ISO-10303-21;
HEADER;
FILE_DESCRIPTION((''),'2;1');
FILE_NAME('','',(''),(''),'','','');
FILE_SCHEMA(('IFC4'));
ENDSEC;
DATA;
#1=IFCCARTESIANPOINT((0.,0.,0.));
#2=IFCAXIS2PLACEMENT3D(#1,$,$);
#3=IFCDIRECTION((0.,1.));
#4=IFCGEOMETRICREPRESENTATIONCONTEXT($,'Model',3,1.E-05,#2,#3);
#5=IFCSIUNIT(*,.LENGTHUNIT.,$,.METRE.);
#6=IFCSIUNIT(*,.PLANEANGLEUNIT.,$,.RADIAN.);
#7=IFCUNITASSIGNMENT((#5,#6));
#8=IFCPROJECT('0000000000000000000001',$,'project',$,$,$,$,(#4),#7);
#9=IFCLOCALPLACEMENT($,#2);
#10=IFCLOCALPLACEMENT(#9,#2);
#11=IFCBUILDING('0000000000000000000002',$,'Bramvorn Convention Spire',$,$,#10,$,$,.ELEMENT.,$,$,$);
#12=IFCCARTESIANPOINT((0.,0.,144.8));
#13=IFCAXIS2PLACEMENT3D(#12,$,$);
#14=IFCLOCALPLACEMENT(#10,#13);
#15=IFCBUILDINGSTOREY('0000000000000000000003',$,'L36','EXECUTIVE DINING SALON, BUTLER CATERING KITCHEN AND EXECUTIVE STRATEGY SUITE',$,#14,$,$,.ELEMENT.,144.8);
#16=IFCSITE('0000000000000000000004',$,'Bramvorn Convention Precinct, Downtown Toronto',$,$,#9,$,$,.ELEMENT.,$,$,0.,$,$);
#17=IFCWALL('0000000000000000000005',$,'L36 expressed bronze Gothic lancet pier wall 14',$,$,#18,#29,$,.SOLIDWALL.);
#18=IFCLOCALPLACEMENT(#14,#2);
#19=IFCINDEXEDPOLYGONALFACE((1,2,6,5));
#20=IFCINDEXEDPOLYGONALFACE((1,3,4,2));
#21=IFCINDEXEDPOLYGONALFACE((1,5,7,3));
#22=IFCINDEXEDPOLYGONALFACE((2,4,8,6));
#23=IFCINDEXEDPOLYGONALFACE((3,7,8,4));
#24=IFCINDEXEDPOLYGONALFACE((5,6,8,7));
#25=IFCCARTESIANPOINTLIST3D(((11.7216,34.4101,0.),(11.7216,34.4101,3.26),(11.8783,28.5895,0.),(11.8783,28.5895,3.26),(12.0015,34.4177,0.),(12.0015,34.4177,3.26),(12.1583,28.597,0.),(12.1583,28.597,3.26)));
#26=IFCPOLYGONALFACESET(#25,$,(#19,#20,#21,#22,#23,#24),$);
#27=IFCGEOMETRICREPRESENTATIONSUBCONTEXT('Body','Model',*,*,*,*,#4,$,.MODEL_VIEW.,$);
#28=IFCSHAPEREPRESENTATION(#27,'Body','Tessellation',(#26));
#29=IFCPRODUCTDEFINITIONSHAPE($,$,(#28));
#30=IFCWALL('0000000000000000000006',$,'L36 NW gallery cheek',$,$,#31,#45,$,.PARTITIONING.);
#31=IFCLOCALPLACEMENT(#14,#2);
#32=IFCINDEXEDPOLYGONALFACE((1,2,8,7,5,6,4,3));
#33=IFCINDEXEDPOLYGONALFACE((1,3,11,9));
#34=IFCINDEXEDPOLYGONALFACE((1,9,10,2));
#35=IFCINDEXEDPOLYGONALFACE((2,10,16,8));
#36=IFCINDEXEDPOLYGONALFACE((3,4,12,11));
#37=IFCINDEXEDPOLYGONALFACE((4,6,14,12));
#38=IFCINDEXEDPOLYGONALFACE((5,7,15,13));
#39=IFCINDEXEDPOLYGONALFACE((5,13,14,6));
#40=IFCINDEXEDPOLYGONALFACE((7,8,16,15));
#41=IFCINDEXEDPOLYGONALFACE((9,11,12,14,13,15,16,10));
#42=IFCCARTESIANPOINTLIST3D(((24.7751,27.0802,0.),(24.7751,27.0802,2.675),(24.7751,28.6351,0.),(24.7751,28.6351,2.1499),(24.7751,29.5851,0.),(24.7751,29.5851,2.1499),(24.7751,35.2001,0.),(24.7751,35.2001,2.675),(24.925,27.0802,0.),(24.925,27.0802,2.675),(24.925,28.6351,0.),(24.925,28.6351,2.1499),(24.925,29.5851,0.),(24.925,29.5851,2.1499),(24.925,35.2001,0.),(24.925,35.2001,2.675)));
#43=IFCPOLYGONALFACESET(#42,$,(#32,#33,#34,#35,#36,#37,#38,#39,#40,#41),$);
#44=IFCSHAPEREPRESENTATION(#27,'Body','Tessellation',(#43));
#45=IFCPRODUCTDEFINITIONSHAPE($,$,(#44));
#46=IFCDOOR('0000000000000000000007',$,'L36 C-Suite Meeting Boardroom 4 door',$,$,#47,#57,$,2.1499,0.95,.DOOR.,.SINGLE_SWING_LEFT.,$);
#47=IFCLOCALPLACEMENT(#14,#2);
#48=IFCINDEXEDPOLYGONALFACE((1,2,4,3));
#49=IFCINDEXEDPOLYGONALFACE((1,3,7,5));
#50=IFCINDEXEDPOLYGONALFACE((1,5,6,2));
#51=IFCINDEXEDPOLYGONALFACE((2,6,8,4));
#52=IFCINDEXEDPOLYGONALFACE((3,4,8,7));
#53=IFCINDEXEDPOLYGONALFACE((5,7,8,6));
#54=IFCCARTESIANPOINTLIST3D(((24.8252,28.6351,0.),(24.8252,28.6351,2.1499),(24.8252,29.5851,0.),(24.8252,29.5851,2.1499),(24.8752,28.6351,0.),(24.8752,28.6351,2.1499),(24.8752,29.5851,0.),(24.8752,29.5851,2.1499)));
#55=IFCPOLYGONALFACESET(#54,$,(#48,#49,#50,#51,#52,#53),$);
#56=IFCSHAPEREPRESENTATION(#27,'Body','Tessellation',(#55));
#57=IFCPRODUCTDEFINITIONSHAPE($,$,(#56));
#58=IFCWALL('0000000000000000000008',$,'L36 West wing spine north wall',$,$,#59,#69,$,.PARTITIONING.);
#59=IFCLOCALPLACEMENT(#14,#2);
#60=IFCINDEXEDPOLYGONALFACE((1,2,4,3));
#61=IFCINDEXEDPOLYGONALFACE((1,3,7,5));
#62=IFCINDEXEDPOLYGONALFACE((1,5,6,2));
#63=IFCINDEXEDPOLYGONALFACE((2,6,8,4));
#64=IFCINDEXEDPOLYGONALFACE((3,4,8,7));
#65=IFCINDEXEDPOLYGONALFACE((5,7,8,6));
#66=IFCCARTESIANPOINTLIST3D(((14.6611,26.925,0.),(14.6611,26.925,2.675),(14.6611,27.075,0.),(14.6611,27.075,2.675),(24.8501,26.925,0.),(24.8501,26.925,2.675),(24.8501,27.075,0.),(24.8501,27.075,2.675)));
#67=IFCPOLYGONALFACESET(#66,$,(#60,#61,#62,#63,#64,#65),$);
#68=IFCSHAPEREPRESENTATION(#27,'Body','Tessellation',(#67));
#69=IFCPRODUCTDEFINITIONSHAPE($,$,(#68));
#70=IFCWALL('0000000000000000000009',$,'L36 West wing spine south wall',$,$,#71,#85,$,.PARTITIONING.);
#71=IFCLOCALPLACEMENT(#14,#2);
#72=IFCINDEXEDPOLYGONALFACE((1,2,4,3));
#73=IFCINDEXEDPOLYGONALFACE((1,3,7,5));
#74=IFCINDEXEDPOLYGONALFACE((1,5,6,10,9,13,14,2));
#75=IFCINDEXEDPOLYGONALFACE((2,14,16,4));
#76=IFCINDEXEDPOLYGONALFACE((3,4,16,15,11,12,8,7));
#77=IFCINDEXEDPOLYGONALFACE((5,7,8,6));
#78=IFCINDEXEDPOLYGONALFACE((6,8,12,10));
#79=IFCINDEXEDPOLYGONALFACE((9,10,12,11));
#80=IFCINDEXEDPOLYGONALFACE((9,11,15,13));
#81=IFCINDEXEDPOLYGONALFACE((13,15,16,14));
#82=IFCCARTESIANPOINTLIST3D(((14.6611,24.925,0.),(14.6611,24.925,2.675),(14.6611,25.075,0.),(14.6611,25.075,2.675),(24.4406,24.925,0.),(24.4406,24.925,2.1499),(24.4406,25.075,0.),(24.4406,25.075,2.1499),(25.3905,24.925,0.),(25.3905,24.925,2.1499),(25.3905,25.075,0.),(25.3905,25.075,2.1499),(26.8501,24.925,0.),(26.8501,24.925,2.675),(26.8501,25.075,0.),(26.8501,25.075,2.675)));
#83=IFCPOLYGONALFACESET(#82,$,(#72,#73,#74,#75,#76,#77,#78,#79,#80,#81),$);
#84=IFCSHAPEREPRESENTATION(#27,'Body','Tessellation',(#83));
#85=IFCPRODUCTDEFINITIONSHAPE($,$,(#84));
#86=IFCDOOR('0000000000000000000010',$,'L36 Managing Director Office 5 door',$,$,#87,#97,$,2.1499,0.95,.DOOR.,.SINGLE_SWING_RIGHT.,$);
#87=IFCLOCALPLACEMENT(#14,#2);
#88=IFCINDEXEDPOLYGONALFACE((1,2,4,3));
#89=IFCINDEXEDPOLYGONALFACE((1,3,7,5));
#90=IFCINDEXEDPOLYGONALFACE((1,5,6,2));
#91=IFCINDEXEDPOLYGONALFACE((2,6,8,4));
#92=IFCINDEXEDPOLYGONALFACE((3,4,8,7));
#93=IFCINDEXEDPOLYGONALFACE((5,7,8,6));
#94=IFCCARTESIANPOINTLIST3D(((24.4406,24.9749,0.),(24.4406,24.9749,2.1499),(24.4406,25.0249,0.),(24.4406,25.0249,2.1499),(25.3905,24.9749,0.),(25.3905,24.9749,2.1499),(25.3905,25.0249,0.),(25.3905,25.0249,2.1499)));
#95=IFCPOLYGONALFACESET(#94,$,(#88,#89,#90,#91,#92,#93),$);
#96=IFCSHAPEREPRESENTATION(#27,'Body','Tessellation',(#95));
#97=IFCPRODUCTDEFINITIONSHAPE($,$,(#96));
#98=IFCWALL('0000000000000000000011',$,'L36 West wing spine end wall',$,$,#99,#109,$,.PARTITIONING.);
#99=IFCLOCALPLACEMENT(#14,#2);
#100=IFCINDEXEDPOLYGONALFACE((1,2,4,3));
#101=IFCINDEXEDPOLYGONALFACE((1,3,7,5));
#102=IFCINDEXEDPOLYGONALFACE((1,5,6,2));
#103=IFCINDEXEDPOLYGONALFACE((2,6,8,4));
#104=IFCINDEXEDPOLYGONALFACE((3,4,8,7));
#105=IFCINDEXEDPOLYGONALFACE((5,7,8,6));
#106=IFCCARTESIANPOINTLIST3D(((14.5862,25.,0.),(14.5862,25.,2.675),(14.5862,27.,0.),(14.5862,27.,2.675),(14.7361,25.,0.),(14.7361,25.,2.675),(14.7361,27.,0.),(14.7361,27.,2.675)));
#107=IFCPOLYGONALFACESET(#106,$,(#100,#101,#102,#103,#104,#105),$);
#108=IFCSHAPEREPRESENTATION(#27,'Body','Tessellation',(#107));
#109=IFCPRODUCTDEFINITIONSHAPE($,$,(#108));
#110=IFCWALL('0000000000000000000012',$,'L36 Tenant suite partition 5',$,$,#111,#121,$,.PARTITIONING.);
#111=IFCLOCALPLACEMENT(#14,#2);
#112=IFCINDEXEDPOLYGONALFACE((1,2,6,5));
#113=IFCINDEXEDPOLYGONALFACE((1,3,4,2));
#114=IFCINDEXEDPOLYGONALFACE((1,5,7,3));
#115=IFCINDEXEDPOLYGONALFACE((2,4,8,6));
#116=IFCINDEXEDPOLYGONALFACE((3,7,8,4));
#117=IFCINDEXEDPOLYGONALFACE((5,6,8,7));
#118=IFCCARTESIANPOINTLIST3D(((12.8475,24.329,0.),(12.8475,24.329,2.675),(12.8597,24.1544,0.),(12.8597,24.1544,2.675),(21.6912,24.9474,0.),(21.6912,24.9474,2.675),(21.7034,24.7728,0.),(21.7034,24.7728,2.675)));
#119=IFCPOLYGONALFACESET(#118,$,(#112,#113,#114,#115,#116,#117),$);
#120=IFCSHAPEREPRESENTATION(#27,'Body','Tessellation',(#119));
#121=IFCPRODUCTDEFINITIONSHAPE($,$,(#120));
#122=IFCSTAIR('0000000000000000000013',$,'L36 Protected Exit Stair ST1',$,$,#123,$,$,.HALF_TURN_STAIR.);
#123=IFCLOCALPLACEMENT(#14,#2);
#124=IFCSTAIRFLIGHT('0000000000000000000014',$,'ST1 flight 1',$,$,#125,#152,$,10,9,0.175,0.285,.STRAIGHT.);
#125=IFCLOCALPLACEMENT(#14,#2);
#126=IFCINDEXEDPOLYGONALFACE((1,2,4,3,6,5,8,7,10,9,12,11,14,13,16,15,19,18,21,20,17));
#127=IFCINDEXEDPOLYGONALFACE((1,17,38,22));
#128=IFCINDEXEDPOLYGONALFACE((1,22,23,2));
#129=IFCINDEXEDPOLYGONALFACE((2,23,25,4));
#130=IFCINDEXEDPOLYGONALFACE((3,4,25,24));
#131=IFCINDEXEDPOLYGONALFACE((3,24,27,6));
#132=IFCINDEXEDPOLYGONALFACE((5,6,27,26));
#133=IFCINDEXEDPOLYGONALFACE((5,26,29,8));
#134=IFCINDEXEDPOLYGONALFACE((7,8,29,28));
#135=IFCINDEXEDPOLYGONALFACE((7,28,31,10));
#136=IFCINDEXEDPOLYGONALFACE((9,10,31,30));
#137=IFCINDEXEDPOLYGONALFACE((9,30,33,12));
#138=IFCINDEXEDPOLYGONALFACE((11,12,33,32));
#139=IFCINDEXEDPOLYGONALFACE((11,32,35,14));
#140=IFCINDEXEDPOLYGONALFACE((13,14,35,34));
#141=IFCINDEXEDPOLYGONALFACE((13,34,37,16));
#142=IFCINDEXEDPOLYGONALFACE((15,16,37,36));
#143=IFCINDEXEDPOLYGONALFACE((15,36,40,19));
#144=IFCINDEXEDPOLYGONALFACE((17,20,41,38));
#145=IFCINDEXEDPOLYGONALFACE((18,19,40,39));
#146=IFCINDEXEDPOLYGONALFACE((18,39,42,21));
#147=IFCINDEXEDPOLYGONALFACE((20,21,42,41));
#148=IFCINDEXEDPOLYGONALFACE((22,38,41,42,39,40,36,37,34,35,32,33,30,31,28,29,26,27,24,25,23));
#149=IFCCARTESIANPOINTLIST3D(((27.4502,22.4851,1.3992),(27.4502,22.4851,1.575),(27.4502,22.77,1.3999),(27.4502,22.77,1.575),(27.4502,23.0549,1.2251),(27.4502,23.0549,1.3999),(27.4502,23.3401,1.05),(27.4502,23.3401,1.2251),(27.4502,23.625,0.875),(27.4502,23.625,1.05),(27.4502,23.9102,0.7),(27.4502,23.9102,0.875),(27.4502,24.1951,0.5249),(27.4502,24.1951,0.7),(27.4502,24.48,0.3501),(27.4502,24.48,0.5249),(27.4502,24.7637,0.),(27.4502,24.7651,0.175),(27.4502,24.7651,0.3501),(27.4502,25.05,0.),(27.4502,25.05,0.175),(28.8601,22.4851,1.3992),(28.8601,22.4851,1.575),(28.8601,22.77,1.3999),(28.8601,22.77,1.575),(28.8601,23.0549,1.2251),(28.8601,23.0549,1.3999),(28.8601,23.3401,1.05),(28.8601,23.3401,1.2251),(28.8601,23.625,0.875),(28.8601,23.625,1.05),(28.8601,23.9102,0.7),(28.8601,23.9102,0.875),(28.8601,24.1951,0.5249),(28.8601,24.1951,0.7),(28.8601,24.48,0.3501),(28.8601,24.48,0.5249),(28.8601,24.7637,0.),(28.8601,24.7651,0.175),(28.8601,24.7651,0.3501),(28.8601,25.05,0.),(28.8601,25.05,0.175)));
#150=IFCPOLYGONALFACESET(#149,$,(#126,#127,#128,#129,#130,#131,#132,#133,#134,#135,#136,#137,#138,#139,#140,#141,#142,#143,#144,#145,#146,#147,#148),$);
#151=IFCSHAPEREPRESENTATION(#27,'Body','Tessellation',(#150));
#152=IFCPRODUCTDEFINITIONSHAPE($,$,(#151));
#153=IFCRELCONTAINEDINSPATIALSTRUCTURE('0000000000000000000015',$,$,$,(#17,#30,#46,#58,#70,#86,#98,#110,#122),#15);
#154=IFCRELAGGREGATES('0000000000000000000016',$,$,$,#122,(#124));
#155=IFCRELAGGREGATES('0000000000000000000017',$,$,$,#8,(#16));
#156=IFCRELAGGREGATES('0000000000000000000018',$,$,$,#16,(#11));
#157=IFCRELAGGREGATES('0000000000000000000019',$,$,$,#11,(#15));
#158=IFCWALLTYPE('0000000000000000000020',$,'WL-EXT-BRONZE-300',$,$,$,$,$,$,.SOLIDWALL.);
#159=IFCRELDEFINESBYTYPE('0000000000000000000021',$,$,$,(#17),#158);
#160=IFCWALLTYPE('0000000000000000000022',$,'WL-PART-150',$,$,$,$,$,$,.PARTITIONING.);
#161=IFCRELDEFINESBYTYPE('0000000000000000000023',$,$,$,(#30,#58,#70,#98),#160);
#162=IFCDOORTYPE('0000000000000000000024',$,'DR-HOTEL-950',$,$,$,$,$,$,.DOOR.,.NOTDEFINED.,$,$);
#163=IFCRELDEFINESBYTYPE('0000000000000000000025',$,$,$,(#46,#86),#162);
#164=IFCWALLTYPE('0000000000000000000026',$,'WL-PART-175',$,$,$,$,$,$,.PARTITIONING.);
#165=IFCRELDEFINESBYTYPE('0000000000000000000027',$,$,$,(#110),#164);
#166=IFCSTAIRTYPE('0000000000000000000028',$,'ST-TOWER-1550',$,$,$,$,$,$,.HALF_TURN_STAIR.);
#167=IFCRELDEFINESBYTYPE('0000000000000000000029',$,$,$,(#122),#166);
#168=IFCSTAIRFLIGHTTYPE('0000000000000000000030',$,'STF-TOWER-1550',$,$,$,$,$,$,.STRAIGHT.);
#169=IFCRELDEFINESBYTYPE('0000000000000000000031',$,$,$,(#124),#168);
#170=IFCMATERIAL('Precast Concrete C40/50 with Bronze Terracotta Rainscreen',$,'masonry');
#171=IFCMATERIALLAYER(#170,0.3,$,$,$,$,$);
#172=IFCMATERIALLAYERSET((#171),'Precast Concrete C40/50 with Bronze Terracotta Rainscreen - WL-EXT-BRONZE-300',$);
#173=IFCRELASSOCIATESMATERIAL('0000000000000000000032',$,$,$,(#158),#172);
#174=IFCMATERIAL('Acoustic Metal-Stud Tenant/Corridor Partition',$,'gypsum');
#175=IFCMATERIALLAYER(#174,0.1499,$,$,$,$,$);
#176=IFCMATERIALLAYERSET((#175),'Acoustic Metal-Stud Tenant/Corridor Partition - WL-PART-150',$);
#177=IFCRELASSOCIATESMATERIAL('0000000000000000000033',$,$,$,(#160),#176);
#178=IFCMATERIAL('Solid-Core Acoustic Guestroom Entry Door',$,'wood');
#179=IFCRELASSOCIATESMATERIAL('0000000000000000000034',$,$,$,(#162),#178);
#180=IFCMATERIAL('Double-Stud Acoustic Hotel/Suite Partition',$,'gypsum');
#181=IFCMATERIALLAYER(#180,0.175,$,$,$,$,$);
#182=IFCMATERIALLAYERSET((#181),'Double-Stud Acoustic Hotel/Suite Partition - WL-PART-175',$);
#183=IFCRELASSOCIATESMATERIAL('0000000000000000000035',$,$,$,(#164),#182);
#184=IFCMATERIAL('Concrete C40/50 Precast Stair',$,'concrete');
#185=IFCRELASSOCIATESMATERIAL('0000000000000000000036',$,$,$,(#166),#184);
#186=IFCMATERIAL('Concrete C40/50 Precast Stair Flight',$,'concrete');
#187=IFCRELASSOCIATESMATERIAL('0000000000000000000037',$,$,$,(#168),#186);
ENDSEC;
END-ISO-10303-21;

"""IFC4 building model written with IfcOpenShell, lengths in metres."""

from ifc_helpers import new_model, si_unit, direction, frame, frame_2d, origin, place, context, subcontext, project, spatial, polyline, rectangle, outline, extrude, material, layer, layer_set, type_object, element, fill, aggregate, save


model = new_model("IFC4")

# Units and contexts
model_context = context("Model", 3, precision=1e-05, world=origin(), true_north=direction((0.0, 1.0)))
body_context = subcontext(model_context, "Body", "Model", "MODEL_VIEW")
ifc_project = project(units=[si_unit("LENGTHUNIT", "METRE"), si_unit("PLANEANGLEUNIT", "RADIAN")], contexts=[model_context])

# Site, building, storey
site_placement = place(None, origin())
site = spatial("IfcSite", under=ifc_project, at=site_placement, Name="Bramvorn Convention Precinct, Downtown Toronto", CompositionType="ELEMENT", RefElevation=0.0)
building_placement = place(site_placement, origin())
building = spatial("IfcBuilding", under=site, at=building_placement, Name="Bramvorn Convention Spire", CompositionType="ELEMENT")
storey_placement = place(building_placement, frame((0.0, 0.0, 144.8)))
storey = spatial("IfcBuildingStorey", under=building, at=storey_placement, Name="L36", Description="EXECUTIVE DINING SALON, BUTLER CATERING KITCHEN AND EXECUTIVE STRATEGY SUITE", CompositionType="ELEMENT", Elevation=144.8)

# Wall
ifc_material_1 = material(Name="Precast Concrete C40/50 with Bronze Terracotta Rainscreen", Category="masonry")
ifc_layer_1 = layer(ifc_material_1, 0.3)
ifc_layer_set_1 = layer_set([ifc_layer_1], Name="Precast Concrete C40/50 with Bronze Terracotta Rainscreen - WL-EXT-BRONZE-300")
wall_type_1 = type_object("IfcWallType", Name="WL-EXT-BRONZE-300", PredefinedType="SOLIDWALL", material=ifc_layer_set_1)
wall_1_placement = place(storey_placement, frame((12.0183, 28.5933, 0.0), z_axis=(0.0, 0.0, 1.0), x_axis=(-0.026919, 0.999638, 0.0)))
element("IfcWall", 1, at=wall_1_placement, inside=storey, type_object=wall_type_1, Name="L36 expressed bronze Gothic lancet pier wall 14", PredefinedType="SOLIDWALL", context=body_context, shape_type="SweptSolid", body=[
    extrude(rectangle(XDim=5.8228, YDim=0.28, at=frame_2d((2.9114, 0.0))), origin(), (0.0, 0.0, 1.0), 3.26),
])

# Wall, opening, door
ifc_material_2 = material(Name="Acoustic Metal-Stud Tenant/Corridor Partition", Category="gypsum")
ifc_layer_2 = layer(ifc_material_2, 0.1499)
ifc_layer_set_2 = layer_set([ifc_layer_2], Name="Acoustic Metal-Stud Tenant/Corridor Partition - WL-PART-150")
wall_type_2 = type_object("IfcWallType", Name="WL-PART-150", PredefinedType="PARTITIONING", material=ifc_layer_set_2)
wall_2_placement = place(storey_placement, frame((24.8501, 27.0801, 0.0), z_axis=(0.0, 0.0, 1.0), x_axis=(0.0, 1.0, 0.0)))
wall_2 = element("IfcWall", 2, at=wall_2_placement, inside=storey, type_object=wall_type_2, Name="L36 NW gallery cheek", PredefinedType="PARTITIONING", context=body_context, shape_type="SweptSolid", body=[
    extrude(rectangle(XDim=8.1199, YDim=0.1499, at=frame_2d((4.0601, 0.0))), origin(), (0.0, 0.0, 1.0), 2.675),
])
opening_1_placement = place(wall_2_placement, frame((1.5549, 0.0, 0.0)))
opening_1 = element("IfcOpeningElement", 3, at=opening_1_placement, cuts=wall_2, PredefinedType="OPENING", context=body_context, shape_type="SweptSolid", body=[
    extrude(rectangle(XDim=0.95, YDim=2.1499, at=frame_2d((0.4751, 1.075))), frame((0.0, 0.085, 0.0), z_axis=(0.0, -1.0, 0.0), x_axis=(1.0, 0.0, 0.0)), (0.0, 0.0, 1.0), 0.1699),
])
ifc_material_3 = material(Name="Solid-Core Acoustic Guestroom Entry Door", Category="wood")
door_type_1 = type_object("IfcDoorType", Name="DR-HOTEL-950", OperationType="NOTDEFINED", PredefinedType="DOOR", material=ifc_material_3)
door_1_placement = place(opening_1_placement, origin())
door_1 = element("IfcDoor", 4, at=door_1_placement, inside=storey, type_object=door_type_1, Name="L36 C-Suite Meeting Boardroom 4 door", OperationType="SINGLE_SWING_LEFT", OverallHeight=2.1499, OverallWidth=0.95, PredefinedType="DOOR", context=body_context, shape_type="SweptSolid", body=[
    extrude(rectangle(XDim=0.95, YDim=2.1499, at=frame_2d((0.4751, 1.075))), frame((0.0, 0.0249, 0.0), z_axis=(0.0, -1.0, 0.0), x_axis=(1.0, 0.0, 0.0)), (0.0, 0.0, 1.0), 0.05),
])
fill(opening_1, door_1)

# Wall
wall_3_placement = place(storey_placement, frame((14.6611, 27.0, 0.0), z_axis=(0.0, 0.0, 1.0), x_axis=(1.0, 0.0, 0.0)))
element("IfcWall", 5, at=wall_3_placement, inside=storey, type_object=wall_type_2, Name="L36 West wing spine north wall", PredefinedType="PARTITIONING", context=body_context, shape_type="SweptSolid", body=[
    extrude(rectangle(XDim=10.189, YDim=0.1499, at=frame_2d((5.0945, 0.0))), origin(), (0.0, 0.0, 1.0), 2.675),
])

# Wall, opening, door
wall_4_placement = place(storey_placement, frame((14.6611, 25.0, 0.0), z_axis=(0.0, 0.0, 1.0), x_axis=(1.0, 0.0, 0.0)))
wall_4 = element("IfcWall", 6, at=wall_4_placement, inside=storey, type_object=wall_type_2, Name="L36 West wing spine south wall", PredefinedType="PARTITIONING", context=body_context, shape_type="SweptSolid", body=[
    extrude(rectangle(XDim=12.189, YDim=0.1499, at=frame_2d((6.0945, 0.0))), origin(), (0.0, 0.0, 1.0), 2.675),
])
opening_2_placement = place(wall_4_placement, frame((9.7793, 0.0, 0.0)))
opening_2 = element("IfcOpeningElement", 7, at=opening_2_placement, cuts=wall_4, PredefinedType="OPENING", context=body_context, shape_type="SweptSolid", body=[
    extrude(rectangle(XDim=0.95, YDim=2.1499, at=frame_2d((0.4751, 1.075))), frame((0.0, 0.085, 0.0), z_axis=(0.0, -1.0, 0.0), x_axis=(1.0, 0.0, 0.0)), (0.0, 0.0, 1.0), 0.1699),
])
door_2_placement = place(opening_2_placement, origin())
door_2 = element("IfcDoor", 8, at=door_2_placement, inside=storey, type_object=door_type_1, Name="L36 Managing Director Office 5 door", OperationType="SINGLE_SWING_RIGHT", OverallHeight=2.1499, OverallWidth=0.95, PredefinedType="DOOR", context=body_context, shape_type="SweptSolid", body=[
    extrude(rectangle(XDim=0.95, YDim=2.1499, at=frame_2d((0.4751, 1.075))), frame((0.0, 0.0249, 0.0), z_axis=(0.0, -1.0, 0.0), x_axis=(1.0, 0.0, 0.0)), (0.0, 0.0, 1.0), 0.05),
])
fill(opening_2, door_2)

# Walls
wall_5_placement = place(storey_placement, frame((14.6611, 25.0, 0.0), z_axis=(0.0, 0.0, 1.0), x_axis=(0.0, 1.0, 0.0)))
element("IfcWall", 9, at=wall_5_placement, inside=storey, type_object=wall_type_2, Name="L36 West wing spine end wall", PredefinedType="PARTITIONING", context=body_context, shape_type="SweptSolid", body=[
    extrude(rectangle(XDim=2.0, YDim=0.1499, at=frame_2d((1.0, 0.0))), origin(), (0.0, 0.0, 1.0), 2.675),
])
ifc_material_4 = material(Name="Double-Stud Acoustic Hotel/Suite Partition", Category="gypsum")
ifc_layer_3 = layer(ifc_material_4, 0.175)
ifc_layer_set_3 = layer_set([ifc_layer_3], Name="Double-Stud Acoustic Hotel/Suite Partition - WL-PART-175")
wall_type_3 = type_object("IfcWallType", Name="WL-PART-175", PredefinedType="PARTITIONING", material=ifc_layer_set_3)
wall_6_placement = place(storey_placement, frame((21.6973, 24.8601, 0.0), z_axis=(0.0, 0.0, 1.0), x_axis=(-0.997564, -0.069756, 0.0)))
element("IfcWall", 10, at=wall_6_placement, inside=storey, type_object=wall_type_3, Name="L36 Tenant suite partition 5", PredefinedType="PARTITIONING", context=body_context, shape_type="SweptSolid", body=[
    extrude(rectangle(XDim=8.8652, YDim=0.175, at=frame_2d((4.4326, 0.0))), origin(), (0.0, 0.0, 1.0), 2.675),
])

# Stair, stair flight
ifc_material_5 = material(Name="Concrete C40/50 Precast Stair", Category="concrete")
stair_type = type_object("IfcStairType", Name="ST-TOWER-1550", PredefinedType="HALF_TURN_STAIR", material=ifc_material_5)
stair_placement = place(storey_placement, origin())
stair = element("IfcStair", 11, at=stair_placement, inside=storey, type_object=stair_type, Name="L36 Protected Exit Stair ST1", PredefinedType="HALF_TURN_STAIR")
ifc_material_6 = material(Name="Concrete C40/50 Precast Stair Flight", Category="concrete")
stair_flight_type = type_object("IfcStairFlightType", Name="STF-TOWER-1550", PredefinedType="STRAIGHT", material=ifc_material_6)
stair_flight_placement = place(storey_placement, frame((28.155, 25.05, 0.0), z_axis=(0.0, 0.0, 1.0), x_axis=(0.0, -1.0, 0.0)))
stair_flight = element("IfcStairFlight", 12, at=stair_flight_placement, type_object=stair_flight_type, Name="ST1 flight 1", NumberOfRisers=10, NumberOfTreads=9, PredefinedType="STRAIGHT", RiserHeight=0.175, TreadLength=0.285, context=body_context, shape_type="SweptSolid", body=[
    extrude(outline(polyline([(0.0, 0.0), (0.0, 0.175), (0.2849, 0.175), (0.2849, 0.3501), (0.5701, 0.3501), (0.5701, 0.5249), (0.855, 0.5249), (0.855, 0.7), (1.1399, 0.7), (1.1399, 0.875), (1.425, 0.875), (1.425, 1.05), (1.71, 1.05), (1.71, 1.2251), (1.9951, 1.2251), (1.9951, 1.3999), (2.28, 1.3999), (2.28, 1.575), (2.5649, 1.575), (2.5649, 1.75), (2.5649, 1.3992), (0.2864, 0.0), (0.0, 0.0)])), frame((0.0, 0.7051, 0.0), z_axis=(0.0, -1.0, 0.0), x_axis=(1.0, 0.0, 0.0)), (0.0, 0.0, 1.0), 1.4099),
])
aggregate(stair, [stair_flight])

save(model, "model.ifc")
